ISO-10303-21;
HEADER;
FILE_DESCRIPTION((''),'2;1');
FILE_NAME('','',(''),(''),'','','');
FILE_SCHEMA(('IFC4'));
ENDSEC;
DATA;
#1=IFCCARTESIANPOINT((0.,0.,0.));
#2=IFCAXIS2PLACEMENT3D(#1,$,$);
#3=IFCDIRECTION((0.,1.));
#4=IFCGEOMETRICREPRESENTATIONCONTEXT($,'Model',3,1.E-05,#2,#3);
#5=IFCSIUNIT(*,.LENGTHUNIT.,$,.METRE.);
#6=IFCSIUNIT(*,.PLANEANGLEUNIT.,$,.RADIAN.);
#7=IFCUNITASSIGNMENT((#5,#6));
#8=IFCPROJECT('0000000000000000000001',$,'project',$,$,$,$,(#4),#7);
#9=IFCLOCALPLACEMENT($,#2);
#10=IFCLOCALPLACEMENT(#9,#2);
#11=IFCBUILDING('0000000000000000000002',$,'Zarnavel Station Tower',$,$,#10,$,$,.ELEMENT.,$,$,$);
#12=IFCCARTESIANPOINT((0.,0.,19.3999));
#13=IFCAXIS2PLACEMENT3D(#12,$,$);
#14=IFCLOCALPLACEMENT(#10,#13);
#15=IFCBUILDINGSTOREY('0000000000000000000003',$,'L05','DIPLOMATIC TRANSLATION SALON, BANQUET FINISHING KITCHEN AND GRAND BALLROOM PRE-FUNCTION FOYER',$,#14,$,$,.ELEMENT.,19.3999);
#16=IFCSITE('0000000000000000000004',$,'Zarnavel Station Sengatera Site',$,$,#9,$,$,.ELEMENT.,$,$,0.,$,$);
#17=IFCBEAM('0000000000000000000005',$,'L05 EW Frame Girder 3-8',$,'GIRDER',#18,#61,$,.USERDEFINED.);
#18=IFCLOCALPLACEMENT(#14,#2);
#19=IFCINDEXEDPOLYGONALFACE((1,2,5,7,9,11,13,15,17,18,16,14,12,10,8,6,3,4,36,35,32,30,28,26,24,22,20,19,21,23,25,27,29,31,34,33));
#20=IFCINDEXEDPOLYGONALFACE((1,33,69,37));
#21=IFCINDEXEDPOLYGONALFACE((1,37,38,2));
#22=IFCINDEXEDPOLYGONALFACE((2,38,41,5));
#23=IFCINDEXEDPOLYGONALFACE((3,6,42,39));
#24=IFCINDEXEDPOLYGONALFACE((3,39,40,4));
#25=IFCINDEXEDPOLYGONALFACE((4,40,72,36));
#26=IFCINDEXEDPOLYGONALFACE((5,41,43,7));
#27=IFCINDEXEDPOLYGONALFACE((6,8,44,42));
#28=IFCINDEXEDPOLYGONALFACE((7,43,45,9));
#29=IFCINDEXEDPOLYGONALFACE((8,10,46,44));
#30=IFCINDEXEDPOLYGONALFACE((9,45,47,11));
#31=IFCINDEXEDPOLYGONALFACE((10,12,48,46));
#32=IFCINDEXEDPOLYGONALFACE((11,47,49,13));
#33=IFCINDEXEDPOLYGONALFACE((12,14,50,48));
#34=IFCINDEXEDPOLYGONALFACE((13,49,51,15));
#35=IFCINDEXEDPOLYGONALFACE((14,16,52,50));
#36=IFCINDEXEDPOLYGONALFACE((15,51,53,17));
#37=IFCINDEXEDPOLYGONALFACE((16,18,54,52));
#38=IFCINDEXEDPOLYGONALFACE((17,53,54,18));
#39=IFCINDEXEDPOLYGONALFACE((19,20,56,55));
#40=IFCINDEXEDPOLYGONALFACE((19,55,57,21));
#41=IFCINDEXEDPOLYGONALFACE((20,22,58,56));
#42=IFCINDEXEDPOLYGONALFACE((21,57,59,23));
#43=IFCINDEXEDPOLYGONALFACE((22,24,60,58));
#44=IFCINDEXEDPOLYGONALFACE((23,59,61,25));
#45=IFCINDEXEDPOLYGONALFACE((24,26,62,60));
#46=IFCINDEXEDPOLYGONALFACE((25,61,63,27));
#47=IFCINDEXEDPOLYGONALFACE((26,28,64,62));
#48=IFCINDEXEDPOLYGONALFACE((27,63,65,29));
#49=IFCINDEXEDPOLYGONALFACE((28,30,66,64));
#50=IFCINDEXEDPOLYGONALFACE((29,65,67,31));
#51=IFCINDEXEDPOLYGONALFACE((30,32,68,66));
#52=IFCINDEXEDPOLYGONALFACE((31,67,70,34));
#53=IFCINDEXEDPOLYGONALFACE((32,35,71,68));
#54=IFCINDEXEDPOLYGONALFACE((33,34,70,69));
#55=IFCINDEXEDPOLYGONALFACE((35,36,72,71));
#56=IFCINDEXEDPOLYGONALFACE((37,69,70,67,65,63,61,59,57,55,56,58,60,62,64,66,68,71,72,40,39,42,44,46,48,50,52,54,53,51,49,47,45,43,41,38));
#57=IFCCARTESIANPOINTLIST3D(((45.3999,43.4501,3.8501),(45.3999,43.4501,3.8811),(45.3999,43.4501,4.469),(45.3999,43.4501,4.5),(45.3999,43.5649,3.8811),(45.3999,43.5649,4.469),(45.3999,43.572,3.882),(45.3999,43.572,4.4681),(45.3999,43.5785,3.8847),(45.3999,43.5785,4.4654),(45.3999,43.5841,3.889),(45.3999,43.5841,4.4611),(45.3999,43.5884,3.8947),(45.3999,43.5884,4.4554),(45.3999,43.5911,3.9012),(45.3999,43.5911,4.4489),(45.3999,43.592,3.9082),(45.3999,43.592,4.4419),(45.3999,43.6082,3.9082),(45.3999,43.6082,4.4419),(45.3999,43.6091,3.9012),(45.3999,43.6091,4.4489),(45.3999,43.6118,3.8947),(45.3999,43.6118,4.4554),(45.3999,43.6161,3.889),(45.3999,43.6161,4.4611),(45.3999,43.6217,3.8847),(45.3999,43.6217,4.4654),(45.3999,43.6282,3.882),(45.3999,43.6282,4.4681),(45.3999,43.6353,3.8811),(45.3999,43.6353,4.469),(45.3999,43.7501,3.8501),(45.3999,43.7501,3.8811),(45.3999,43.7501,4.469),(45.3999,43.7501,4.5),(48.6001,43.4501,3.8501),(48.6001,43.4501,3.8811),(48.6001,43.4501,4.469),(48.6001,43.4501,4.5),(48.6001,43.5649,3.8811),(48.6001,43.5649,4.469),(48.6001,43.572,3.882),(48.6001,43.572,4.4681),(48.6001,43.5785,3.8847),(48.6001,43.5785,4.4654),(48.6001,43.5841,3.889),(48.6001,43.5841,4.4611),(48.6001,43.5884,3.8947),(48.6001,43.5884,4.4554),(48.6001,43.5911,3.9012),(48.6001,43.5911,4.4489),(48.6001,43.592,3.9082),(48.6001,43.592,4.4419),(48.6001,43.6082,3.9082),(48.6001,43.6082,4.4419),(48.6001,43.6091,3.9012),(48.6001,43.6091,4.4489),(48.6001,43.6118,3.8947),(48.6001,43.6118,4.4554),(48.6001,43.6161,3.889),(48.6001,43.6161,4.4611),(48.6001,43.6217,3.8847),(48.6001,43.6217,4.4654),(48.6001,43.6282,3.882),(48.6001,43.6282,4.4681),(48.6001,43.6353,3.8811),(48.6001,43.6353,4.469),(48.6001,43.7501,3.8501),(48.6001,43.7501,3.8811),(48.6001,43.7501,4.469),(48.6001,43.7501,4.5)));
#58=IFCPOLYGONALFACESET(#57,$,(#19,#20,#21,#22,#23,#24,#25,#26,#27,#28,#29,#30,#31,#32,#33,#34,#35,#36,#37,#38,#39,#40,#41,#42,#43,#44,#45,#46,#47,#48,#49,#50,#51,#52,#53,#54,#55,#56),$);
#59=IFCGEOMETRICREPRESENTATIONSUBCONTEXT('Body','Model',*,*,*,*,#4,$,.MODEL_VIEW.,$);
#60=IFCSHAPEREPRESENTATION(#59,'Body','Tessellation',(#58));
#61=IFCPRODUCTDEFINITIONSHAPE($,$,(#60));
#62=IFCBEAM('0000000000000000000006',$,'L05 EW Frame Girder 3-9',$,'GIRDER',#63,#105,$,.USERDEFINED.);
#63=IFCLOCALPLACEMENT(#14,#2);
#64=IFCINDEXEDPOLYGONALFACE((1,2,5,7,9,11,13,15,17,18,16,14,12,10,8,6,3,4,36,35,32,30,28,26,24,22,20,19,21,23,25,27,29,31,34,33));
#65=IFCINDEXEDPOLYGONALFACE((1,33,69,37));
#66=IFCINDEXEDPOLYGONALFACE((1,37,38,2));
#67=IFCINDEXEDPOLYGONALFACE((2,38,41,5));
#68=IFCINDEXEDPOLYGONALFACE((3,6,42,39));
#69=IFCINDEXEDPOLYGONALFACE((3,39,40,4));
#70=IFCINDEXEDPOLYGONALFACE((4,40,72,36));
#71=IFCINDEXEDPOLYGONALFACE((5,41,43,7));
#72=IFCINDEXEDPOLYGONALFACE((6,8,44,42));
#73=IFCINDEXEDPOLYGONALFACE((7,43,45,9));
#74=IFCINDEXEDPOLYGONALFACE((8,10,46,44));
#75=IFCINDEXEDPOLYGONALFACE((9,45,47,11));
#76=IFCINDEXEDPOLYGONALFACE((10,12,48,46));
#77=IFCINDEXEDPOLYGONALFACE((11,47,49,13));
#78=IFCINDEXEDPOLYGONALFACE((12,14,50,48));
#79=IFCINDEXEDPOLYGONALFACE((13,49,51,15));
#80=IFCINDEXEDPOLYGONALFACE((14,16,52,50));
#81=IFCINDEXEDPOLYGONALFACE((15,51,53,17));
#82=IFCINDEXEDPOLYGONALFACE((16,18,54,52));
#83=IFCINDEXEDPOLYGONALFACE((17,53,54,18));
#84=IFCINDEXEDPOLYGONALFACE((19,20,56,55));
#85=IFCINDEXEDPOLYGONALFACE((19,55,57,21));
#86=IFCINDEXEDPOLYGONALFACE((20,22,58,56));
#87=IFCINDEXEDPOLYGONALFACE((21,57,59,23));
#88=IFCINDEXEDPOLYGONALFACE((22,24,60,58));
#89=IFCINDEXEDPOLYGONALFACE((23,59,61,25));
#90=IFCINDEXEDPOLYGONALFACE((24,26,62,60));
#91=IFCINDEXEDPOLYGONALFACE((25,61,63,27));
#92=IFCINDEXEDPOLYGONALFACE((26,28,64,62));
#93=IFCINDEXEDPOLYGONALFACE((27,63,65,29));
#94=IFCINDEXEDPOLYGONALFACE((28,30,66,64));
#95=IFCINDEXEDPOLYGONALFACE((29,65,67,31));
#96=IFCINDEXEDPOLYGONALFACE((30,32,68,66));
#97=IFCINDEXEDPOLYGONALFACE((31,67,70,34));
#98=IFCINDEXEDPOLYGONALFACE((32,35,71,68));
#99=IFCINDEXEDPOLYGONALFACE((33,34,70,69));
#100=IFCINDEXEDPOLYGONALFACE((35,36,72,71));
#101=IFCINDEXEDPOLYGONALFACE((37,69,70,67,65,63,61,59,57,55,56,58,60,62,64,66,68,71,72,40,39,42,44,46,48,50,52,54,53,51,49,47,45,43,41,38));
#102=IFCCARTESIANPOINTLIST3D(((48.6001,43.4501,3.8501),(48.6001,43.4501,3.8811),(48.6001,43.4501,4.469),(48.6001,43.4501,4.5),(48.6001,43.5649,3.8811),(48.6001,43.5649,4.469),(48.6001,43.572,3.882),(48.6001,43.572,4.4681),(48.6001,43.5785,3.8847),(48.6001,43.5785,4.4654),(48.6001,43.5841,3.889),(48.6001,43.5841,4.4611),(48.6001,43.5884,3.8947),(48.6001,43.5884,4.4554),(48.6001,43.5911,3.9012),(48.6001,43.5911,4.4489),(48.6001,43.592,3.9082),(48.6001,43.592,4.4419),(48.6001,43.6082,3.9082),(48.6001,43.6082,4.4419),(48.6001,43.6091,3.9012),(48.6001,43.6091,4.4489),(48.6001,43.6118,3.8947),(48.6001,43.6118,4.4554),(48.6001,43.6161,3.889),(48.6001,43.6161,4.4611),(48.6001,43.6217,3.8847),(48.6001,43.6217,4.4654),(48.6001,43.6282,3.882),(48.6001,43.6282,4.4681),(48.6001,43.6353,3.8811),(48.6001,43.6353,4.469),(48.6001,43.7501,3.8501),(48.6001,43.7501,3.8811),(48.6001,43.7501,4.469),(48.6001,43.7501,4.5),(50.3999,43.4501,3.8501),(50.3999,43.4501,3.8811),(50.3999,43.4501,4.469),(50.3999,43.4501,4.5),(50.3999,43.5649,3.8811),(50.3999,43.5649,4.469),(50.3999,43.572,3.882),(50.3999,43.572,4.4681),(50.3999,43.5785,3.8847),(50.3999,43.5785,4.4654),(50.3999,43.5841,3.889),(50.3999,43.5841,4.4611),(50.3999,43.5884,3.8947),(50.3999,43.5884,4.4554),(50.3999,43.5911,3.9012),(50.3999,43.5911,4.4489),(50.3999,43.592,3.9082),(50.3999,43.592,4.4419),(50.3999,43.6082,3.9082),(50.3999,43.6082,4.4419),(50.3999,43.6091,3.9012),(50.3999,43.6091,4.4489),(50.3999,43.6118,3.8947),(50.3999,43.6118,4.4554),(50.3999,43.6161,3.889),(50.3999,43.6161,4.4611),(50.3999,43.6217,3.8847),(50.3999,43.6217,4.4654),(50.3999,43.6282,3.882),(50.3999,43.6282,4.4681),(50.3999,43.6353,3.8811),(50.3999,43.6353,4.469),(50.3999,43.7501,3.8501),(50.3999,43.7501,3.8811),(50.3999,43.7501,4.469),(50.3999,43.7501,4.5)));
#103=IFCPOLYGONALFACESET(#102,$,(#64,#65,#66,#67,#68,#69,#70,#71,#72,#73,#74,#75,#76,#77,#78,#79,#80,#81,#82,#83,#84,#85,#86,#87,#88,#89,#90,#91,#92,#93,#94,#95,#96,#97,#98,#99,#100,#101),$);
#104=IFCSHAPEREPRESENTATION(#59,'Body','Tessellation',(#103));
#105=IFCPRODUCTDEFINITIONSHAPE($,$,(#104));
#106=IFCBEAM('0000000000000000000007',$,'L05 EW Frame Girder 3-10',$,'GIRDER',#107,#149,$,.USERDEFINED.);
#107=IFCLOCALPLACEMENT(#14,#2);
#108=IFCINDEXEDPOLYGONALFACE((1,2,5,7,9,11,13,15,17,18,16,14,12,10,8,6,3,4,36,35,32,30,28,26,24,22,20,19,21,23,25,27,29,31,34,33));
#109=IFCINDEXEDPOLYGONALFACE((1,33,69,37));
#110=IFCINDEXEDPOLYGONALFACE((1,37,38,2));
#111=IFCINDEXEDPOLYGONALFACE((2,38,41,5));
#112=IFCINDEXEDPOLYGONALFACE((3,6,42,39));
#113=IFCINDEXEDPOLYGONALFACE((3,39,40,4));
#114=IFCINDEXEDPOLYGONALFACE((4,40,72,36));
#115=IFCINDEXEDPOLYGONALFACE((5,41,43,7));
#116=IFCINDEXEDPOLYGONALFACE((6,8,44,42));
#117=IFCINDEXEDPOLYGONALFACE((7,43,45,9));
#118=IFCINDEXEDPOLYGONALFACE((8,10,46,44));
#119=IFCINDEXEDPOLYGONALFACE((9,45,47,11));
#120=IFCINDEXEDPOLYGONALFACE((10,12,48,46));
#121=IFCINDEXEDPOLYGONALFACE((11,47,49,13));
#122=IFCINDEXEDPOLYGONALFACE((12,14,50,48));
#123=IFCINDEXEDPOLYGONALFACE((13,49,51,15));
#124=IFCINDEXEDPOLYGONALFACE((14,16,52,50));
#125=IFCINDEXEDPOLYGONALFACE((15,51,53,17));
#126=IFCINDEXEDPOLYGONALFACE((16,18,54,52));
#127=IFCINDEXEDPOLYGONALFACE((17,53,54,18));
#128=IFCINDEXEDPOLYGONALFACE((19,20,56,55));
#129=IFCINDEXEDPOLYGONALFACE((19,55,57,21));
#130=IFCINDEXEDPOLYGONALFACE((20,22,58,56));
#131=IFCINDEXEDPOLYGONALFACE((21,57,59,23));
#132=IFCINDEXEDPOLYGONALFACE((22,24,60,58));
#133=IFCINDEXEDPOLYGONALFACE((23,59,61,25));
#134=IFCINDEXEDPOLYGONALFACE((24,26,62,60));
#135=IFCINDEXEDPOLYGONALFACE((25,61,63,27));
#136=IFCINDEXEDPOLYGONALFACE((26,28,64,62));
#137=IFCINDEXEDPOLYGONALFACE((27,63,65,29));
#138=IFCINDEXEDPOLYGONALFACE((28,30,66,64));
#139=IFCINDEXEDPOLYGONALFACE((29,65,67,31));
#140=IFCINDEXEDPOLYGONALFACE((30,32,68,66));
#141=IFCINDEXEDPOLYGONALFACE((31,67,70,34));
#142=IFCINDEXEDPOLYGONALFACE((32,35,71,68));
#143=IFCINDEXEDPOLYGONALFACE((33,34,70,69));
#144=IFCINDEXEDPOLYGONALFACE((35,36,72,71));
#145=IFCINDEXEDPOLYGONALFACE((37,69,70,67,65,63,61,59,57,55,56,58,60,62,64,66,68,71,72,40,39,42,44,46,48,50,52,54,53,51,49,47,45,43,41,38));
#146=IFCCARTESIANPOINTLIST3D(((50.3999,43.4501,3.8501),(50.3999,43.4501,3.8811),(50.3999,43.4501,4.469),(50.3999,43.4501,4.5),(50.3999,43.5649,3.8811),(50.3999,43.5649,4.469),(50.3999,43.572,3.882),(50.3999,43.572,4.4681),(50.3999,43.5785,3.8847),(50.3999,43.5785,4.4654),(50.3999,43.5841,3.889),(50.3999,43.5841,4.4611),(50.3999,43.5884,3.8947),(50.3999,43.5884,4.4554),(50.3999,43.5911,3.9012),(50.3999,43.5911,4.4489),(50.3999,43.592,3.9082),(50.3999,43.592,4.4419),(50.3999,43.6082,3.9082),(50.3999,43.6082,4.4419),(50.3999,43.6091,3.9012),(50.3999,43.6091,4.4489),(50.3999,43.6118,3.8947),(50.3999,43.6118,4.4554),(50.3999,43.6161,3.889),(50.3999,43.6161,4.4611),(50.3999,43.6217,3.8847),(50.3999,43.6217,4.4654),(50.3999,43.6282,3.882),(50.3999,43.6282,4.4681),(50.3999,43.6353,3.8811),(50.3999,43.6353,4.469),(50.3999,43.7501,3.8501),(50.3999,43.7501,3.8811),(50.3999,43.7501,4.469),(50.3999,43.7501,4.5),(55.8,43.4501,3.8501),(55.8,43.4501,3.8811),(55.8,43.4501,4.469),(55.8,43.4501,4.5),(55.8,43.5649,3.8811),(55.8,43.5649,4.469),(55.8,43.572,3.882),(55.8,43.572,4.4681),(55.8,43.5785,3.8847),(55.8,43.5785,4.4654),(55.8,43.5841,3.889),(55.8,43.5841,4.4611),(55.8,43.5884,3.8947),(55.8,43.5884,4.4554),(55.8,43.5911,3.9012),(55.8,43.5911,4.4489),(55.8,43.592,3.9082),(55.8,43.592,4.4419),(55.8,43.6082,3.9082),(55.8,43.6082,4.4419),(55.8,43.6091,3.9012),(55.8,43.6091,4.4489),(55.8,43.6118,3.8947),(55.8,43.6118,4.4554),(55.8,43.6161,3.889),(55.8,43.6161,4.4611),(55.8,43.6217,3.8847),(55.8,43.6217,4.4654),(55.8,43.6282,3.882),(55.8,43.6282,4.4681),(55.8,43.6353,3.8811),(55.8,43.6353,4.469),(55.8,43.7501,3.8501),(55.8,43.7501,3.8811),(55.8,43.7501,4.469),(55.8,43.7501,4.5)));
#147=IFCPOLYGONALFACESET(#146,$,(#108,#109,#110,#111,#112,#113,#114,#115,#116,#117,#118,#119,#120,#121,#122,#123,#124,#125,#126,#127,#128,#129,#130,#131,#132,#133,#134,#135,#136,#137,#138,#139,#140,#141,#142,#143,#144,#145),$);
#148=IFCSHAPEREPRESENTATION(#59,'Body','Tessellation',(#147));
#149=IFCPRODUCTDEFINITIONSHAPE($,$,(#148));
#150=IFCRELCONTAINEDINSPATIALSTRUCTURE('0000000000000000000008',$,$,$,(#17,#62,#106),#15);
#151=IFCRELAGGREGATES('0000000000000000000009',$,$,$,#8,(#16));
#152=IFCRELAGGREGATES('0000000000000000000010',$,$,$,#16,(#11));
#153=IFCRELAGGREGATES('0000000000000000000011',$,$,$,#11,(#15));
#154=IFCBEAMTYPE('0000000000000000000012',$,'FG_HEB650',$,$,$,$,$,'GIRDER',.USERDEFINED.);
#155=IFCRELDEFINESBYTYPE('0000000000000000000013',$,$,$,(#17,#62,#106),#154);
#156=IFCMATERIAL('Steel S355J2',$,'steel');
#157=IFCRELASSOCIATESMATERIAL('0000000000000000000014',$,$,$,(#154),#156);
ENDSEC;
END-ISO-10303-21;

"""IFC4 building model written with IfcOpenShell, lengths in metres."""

from ifc_helpers import new_model, si_unit, direction, frame, origin, origin_2d, place, context, subcontext, project, spatial, i_section, extrude, material, material_profile, profile_set, type_object, element, save


model = new_model("IFC4")

# Units and contexts
model_context = context("Model", 3, precision=1e-05, world=origin(), true_north=direction((0.0, 1.0)))
body_context = subcontext(model_context, "Body", "Model", "MODEL_VIEW")
ifc_project = project(units=[si_unit("LENGTHUNIT", "METRE"), si_unit("PLANEANGLEUNIT", "RADIAN")], contexts=[model_context])

# Site, building, storey
site_placement = place(None, origin())
site = spatial("IfcSite", under=ifc_project, at=site_placement, Name="Zarnavel Station Sengatera Site", CompositionType="ELEMENT", RefElevation=0.0)
building_placement = place(site_placement, origin())
building = spatial("IfcBuilding", under=site, at=building_placement, Name="Zarnavel Station Tower", CompositionType="ELEMENT")
storey_placement = place(building_placement, frame((0.0, 0.0, 19.3999)))
storey = spatial("IfcBuildingStorey", under=building, at=storey_placement, Name="L05", Description="DIPLOMATIC TRANSLATION SALON, BANQUET FINISHING KITCHEN AND GRAND BALLROOM PRE-FUNCTION FOYER", CompositionType="ELEMENT", Elevation=19.3999)

# Beams
ifc_material_1 = material(Name="Steel S355J2", Category="steel")
ifc_material_profile_1 = material_profile(ifc_material_1, i_section(OverallWidth=0.3, OverallDepth=0.6499, WebThickness=0.0161, FlangeThickness=0.031, FilletRadius=0.0271, at=origin_2d()), Name="HEB650")
ifc_profile_set_1 = profile_set([ifc_material_profile_1], Name="Steel S355J2")
beam_type = type_object("IfcBeamType", Name="FG_HEB650", ElementType="GIRDER", PredefinedType="USERDEFINED", material=ifc_profile_set_1)
beam_1_placement = place(storey_placement, frame((45.3999, 43.6001, 4.175), z_axis=(1.0, 0.0, 0.0), x_axis=(0.0, 1.0, 0.0)))
element("IfcBeam", 1, at=beam_1_placement, inside=storey, type_object=beam_type, Name="L05 EW Frame Girder 3-8", ObjectType="GIRDER", PredefinedType="USERDEFINED", context=body_context, shape_type="SweptSolid", body=[
    extrude(i_section(OverallWidth=0.3, OverallDepth=0.6499, WebThickness=0.0161, FlangeThickness=0.031, FilletRadius=0.0271, at=origin_2d()), origin(), (0.0, 0.0, 1.0), 3.2002),
])
beam_2_placement = place(storey_placement, frame((48.6001, 43.6001, 4.175), z_axis=(1.0, 0.0, 0.0), x_axis=(0.0, 1.0, 0.0)))
element("IfcBeam", 2, at=beam_2_placement, inside=storey, type_object=beam_type, Name="L05 EW Frame Girder 3-9", ObjectType="GIRDER", PredefinedType="USERDEFINED", context=body_context, shape_type="SweptSolid", body=[
    extrude(i_section(OverallWidth=0.3, OverallDepth=0.6499, WebThickness=0.0161, FlangeThickness=0.031, FilletRadius=0.0271, at=origin_2d()), origin(), (0.0, 0.0, 1.0), 1.7998),
])
beam_3_placement = place(storey_placement, frame((50.3999, 43.6001, 4.175), z_axis=(1.0, 0.0, 0.0), x_axis=(0.0, 1.0, 0.0)))
element("IfcBeam", 3, at=beam_3_placement, inside=storey, type_object=beam_type, Name="L05 EW Frame Girder 3-10", ObjectType="GIRDER", PredefinedType="USERDEFINED", context=body_context, shape_type="SweptSolid", body=[
    extrude(i_section(OverallWidth=0.3, OverallDepth=0.6499, WebThickness=0.0161, FlangeThickness=0.031, FilletRadius=0.0271, at=origin_2d()), origin(), (0.0, 0.0, 1.0), 5.4001),
])

save(model, "model.ifc")
